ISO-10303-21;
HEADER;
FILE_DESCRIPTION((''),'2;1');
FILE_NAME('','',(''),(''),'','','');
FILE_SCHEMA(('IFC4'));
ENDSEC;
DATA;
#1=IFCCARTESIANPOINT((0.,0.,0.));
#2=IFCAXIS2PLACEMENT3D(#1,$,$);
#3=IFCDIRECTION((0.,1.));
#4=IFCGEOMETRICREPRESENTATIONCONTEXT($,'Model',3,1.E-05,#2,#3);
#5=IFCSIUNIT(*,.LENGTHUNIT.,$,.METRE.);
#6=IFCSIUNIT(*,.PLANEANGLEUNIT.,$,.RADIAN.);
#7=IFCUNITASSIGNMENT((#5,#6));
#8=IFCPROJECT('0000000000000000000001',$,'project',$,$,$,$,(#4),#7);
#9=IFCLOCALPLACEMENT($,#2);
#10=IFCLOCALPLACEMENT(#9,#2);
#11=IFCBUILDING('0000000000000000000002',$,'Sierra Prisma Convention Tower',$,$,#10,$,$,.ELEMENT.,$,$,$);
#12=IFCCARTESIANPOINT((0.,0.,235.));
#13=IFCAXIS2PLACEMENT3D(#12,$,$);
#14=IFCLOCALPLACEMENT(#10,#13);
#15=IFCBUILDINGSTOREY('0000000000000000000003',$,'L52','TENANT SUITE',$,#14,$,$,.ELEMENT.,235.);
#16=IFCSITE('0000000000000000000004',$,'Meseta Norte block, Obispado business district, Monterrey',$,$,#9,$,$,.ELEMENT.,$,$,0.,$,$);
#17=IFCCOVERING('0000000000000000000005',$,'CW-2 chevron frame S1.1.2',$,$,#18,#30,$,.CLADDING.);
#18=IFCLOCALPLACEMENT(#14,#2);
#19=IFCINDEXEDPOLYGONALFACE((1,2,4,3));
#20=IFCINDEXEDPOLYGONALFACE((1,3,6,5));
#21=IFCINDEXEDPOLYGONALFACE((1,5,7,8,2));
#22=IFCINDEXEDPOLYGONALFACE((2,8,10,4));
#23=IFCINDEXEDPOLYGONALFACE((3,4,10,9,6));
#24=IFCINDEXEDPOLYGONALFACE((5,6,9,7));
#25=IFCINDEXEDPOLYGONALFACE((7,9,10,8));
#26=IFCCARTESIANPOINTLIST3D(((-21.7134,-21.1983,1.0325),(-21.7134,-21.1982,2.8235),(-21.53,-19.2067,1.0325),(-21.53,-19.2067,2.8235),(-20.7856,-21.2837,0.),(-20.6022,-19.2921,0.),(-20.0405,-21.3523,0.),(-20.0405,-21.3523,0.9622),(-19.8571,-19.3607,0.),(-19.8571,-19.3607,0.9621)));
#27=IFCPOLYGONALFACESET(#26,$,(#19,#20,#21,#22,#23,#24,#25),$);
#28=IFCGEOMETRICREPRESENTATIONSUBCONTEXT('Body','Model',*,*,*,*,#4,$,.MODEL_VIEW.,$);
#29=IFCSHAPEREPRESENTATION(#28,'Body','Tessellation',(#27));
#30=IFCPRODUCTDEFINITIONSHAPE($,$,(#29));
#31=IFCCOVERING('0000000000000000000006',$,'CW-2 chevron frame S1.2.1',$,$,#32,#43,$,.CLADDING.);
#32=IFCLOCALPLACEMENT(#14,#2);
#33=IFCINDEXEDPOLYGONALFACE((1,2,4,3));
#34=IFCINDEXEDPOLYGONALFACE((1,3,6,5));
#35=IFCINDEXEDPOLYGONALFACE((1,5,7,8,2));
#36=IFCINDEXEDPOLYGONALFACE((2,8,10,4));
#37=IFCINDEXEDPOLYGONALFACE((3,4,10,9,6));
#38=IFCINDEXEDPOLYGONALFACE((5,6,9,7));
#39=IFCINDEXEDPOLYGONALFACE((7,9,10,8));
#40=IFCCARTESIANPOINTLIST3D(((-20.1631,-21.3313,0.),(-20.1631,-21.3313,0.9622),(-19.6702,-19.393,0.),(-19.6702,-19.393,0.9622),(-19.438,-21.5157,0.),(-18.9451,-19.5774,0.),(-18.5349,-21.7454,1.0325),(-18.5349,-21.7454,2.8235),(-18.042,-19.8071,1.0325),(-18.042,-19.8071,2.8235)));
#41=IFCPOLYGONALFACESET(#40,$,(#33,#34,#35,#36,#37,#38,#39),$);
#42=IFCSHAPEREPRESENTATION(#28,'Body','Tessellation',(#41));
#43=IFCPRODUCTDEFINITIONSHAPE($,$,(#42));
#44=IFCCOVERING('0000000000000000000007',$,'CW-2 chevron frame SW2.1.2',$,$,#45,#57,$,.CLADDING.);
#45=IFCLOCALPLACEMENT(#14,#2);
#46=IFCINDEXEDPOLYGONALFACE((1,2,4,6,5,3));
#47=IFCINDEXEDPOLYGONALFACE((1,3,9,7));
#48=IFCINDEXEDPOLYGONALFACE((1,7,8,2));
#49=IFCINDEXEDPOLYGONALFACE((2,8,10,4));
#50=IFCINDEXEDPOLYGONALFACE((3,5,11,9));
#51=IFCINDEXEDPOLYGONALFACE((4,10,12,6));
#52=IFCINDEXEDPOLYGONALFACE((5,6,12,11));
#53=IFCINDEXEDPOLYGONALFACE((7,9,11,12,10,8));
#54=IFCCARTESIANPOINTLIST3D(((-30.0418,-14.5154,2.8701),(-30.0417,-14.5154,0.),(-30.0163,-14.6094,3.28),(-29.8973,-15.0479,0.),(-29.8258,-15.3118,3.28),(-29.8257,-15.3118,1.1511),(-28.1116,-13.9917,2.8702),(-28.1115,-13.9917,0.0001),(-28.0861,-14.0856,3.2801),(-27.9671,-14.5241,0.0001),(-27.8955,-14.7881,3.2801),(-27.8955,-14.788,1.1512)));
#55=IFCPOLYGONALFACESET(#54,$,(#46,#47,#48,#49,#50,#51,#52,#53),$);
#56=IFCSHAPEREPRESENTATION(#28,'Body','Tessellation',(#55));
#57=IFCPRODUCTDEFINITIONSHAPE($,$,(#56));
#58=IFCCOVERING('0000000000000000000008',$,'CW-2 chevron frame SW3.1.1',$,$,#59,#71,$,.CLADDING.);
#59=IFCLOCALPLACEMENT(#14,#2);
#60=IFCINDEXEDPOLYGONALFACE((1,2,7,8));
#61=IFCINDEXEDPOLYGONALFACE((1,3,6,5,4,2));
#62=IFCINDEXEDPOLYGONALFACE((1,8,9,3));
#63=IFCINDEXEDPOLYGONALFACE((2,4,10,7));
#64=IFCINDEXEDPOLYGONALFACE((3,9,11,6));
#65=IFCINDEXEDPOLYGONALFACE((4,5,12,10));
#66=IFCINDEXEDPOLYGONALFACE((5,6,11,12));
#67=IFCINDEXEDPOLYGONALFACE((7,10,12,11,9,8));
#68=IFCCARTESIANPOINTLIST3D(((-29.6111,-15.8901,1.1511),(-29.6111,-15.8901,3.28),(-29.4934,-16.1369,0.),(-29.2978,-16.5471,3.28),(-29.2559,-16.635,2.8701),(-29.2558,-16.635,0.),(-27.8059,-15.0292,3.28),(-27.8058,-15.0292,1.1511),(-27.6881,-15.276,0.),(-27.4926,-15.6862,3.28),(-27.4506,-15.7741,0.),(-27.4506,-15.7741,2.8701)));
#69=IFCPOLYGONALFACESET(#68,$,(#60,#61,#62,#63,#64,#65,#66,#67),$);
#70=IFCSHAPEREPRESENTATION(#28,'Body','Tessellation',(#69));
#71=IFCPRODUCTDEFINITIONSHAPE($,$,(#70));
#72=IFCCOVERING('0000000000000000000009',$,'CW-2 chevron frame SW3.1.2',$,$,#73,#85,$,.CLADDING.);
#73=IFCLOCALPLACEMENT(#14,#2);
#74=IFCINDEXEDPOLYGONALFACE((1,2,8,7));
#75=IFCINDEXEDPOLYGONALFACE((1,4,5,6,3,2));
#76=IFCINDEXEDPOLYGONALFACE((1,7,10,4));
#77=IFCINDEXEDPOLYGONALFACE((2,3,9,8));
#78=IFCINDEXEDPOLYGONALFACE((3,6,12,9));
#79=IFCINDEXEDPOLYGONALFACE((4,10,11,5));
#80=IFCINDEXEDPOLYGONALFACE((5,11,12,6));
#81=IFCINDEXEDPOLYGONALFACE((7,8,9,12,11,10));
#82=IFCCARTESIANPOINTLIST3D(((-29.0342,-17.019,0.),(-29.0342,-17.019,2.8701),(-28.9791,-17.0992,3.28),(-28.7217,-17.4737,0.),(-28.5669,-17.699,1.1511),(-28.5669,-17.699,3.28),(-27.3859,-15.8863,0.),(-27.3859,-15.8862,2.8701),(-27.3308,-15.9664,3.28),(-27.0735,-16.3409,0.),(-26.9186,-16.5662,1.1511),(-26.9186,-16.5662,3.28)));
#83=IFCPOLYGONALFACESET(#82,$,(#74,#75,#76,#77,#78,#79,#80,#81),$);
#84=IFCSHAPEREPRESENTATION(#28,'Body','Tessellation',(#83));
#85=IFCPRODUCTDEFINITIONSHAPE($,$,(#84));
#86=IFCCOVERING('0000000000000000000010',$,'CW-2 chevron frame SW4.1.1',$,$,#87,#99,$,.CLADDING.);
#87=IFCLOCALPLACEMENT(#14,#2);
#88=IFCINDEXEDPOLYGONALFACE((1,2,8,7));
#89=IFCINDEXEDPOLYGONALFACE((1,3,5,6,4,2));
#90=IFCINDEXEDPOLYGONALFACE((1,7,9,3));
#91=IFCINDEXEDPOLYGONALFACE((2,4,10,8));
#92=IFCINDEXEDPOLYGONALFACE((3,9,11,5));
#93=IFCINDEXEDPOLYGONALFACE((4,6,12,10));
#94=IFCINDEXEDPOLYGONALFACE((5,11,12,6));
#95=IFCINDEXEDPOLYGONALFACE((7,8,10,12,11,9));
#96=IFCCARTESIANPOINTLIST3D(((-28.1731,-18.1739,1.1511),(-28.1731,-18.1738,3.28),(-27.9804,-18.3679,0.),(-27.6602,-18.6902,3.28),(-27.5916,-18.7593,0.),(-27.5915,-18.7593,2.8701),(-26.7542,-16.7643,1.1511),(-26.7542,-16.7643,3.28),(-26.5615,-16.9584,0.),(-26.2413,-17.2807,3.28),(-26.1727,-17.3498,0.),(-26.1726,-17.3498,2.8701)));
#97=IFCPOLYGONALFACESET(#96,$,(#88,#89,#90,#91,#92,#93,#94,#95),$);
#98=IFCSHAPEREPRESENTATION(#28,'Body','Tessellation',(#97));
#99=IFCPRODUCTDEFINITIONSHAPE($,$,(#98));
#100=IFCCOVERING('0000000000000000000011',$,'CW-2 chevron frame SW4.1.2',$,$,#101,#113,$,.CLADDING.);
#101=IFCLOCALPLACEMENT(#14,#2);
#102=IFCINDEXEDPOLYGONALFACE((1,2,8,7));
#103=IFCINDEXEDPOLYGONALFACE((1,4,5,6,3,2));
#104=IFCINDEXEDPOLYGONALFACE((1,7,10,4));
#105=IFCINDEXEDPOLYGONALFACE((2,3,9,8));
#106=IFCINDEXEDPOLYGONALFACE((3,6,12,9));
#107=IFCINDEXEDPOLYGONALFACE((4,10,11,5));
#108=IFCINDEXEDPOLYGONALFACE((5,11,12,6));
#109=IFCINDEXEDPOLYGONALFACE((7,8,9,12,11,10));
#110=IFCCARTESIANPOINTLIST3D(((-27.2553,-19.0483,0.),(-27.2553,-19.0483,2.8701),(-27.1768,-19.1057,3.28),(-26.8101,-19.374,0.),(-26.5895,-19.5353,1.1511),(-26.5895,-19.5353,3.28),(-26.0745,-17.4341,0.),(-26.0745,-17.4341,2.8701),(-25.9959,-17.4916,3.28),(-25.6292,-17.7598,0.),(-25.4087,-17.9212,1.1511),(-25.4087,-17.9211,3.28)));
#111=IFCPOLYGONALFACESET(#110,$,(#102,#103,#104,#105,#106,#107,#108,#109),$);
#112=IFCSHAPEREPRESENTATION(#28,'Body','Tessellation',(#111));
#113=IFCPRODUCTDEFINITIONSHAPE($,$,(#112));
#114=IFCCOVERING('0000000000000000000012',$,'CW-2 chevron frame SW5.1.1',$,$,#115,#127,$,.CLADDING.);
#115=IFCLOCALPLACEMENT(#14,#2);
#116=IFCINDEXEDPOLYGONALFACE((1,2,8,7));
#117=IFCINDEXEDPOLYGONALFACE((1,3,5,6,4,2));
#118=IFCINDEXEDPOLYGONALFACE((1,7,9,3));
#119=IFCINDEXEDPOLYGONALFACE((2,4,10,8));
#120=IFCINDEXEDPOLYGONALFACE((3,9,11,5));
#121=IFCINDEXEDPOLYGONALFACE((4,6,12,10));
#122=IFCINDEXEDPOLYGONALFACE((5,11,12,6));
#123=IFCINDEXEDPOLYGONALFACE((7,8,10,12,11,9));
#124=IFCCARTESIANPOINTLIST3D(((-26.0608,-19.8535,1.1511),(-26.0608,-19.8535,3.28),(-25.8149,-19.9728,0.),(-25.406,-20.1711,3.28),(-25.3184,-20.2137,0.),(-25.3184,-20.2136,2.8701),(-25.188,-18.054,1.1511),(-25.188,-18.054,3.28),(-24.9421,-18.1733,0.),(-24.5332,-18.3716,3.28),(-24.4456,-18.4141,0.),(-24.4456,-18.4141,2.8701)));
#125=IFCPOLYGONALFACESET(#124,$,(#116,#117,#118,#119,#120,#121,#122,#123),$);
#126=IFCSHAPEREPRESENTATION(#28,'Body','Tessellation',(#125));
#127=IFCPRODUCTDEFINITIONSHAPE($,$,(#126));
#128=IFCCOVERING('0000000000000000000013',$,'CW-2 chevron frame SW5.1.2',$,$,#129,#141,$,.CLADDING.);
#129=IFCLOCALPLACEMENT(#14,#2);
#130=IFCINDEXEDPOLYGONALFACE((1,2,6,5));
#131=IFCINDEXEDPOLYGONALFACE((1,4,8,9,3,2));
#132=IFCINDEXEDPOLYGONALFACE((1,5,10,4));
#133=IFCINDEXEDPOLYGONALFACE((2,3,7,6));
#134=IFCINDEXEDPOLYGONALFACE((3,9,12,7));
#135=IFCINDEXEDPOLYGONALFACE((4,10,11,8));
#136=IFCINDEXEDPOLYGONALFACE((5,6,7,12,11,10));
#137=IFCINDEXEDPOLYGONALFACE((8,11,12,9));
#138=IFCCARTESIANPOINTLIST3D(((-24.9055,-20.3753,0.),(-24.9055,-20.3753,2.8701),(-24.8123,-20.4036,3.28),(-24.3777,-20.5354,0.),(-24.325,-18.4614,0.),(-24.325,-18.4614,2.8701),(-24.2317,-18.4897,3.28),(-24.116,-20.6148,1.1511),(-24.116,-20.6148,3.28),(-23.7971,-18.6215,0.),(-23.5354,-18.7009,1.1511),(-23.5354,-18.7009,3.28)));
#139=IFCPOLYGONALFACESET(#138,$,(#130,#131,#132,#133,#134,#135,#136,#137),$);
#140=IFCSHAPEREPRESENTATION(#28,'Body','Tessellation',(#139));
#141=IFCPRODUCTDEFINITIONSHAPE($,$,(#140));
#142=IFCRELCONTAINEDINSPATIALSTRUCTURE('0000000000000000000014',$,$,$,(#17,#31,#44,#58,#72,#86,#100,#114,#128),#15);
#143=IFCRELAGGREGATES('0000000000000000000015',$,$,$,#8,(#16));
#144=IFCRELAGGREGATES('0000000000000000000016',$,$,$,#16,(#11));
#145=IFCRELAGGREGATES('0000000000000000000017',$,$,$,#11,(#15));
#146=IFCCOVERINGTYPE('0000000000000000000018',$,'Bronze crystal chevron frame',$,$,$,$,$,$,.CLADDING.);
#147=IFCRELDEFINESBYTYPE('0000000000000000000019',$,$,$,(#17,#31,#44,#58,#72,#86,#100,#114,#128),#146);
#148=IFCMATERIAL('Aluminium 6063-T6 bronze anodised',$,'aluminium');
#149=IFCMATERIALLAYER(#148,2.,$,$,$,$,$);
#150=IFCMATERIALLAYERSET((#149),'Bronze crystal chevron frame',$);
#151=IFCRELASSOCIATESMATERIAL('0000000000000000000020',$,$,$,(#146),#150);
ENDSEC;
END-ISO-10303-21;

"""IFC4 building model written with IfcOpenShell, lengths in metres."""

from ifc_helpers import new_model, si_unit, direction, frame, origin, place, context, subcontext, project, spatial, polyline, outline, extrude, material, layer, layer_set, type_object, element, save


model = new_model("IFC4")

# Units and contexts
model_context = context("Model", 3, precision=1e-05, world=origin(), true_north=direction((0.0, 1.0)))
body_context = subcontext(model_context, "Body", "Model", "MODEL_VIEW")
ifc_project = project(units=[si_unit("LENGTHUNIT", "METRE"), si_unit("PLANEANGLEUNIT", "RADIAN")], contexts=[model_context])

# Site, building, storey
site_placement = place(None, origin())
site = spatial("IfcSite", under=ifc_project, at=site_placement, Name="Meseta Norte block, Obispado business district, Monterrey", CompositionType="ELEMENT", RefElevation=0.0)
building_placement = place(site_placement, origin())
building = spatial("IfcBuilding", under=site, at=building_placement, Name="Sierra Prisma Convention Tower", CompositionType="ELEMENT")
storey_placement = place(building_placement, frame((0.0, 0.0, 235.0)))
storey = spatial("IfcBuildingStorey", under=building, at=storey_placement, Name="L52", Description="TENANT SUITE", CompositionType="ELEMENT", Elevation=235.0)

# Coverings
ifc_material_1 = material(Name="Aluminium 6063-T6 bronze anodised", Category="aluminium")
ifc_layer_1 = layer(ifc_material_1, 2.0)
ifc_layer_set_1 = layer_set([ifc_layer_1], Name="Bronze crystal chevron frame")
covering_type = type_object("IfcCoveringType", Name="Bronze crystal chevron frame", PredefinedType="CLADDING", material=ifc_layer_set_1)
covering_1_placement = place(storey_placement, frame((-21.7134, -21.1982, 2.8235), z_axis=(-0.091699, -0.995787, 0.000004), x_axis=(0.0, -0.000004, -1.0)))
element("IfcCovering", 1, at=covering_1_placement, inside=storey, type_object=covering_type, Name="CW-2 chevron frame S1.1.2", PredefinedType="CLADDING", context=body_context, shape_type="SweptSolid", body=[
    extrude(outline(polyline([(0.0, 0.0), (1.791, 0.0), (2.8235, 0.9317), (2.8235, 1.6799), (1.8613, 1.6799), (0.0, 0.0)])), origin(), (0.0, 0.0, -1.0), 2.0),
])
covering_2_placement = place(storey_placement, frame((-20.1631, -21.3313, 0.0), z_axis=(-0.246453, -0.969155, -0.000022), x_axis=(0.969155, -0.246453, 0.0)))
element("IfcCovering", 2, at=covering_2_placement, inside=storey, type_object=covering_type, Name="CW-2 chevron frame S1.2.1", PredefinedType="CLADDING", context=body_context, shape_type="SweptSolid", body=[
    extrude(outline(polyline([(0.0, 0.0), (0.7482, 0.0), (1.68, 1.0325), (1.68, 2.8235), (0.0, 0.9622), (0.0, 0.0)])), origin(), (0.0, 0.0, -1.0), 2.0),
])
covering_3_placement = place(storey_placement, frame((-30.0417, -14.5154, 0.0), z_axis=(-0.965105, -0.261863, -0.000028), x_axis=(0.261863, -0.965105, 0.0)))
element("IfcCovering", 3, at=covering_3_placement, inside=storey, type_object=covering_type, Name="CW-2 chevron frame SW2.1.2", PredefinedType="CLADDING", context=body_context, shape_type="SweptSolid", body=[
    extrude(outline(polyline([(0.0, 0.0), (0.5517, 0.0), (0.8252, 1.1511), (0.8252, 3.28), (0.0974, 3.28), (0.0, 2.8701), (0.0, 0.0)])), origin(), (0.0, 0.0, -1.0), 2.0),
])
covering_4_placement = place(storey_placement, frame((-29.6111, -15.8901, 3.28), z_axis=(-0.902614, -0.430451, -0.000006), x_axis=(0.000006, 0.000003, -1.0)))
element("IfcCovering", 4, at=covering_4_placement, inside=storey, type_object=covering_type, Name="CW-2 chevron frame SW3.1.1", PredefinedType="CLADDING", context=body_context, shape_type="SweptSolid", body=[
    extrude(outline(polyline([(0.0, 0.0), (2.1289, 0.0), (3.28, 0.2734), (3.28, 0.8252), (0.4099, 0.8252), (0.0, 0.7278), (0.0, 0.0)])), origin(), (0.0, 0.0, -1.0), 2.0),
])
covering_5_placement = place(storey_placement, frame((-29.0342, -17.019, 0.0), z_axis=(-0.824134, -0.566395, 0.000008), x_axis=(0.566395, -0.824134, 0.0)))
element("IfcCovering", 5, at=covering_5_placement, inside=storey, type_object=covering_type, Name="CW-2 chevron frame SW3.1.2", PredefinedType="CLADDING", context=body_context, shape_type="SweptSolid", body=[
    extrude(outline(polyline([(0.0, 0.0), (0.5516, 0.0), (0.825, 1.1511), (0.825, 3.28), (0.0972, 3.28), (0.0, 2.8701), (0.0, 0.0)])), origin(), (0.0, 0.0, -1.0), 2.0),
])
covering_6_placement = place(storey_placement, frame((-28.1731, -18.1738, 3.28), z_axis=(-0.709449, -0.704757, 0.000023), x_axis=(-0.000016, -0.000016, -1.0)))
element("IfcCovering", 6, at=covering_6_placement, inside=storey, type_object=covering_type, Name="CW-2 chevron frame SW4.1.1", PredefinedType="CLADDING", context=body_context, shape_type="SweptSolid", body=[
    extrude(outline(polyline([(0.0, 0.0), (2.1289, 0.0), (3.28, 0.2735), (3.28, 0.8252), (0.4099, 0.8252), (0.0, 0.7278), (0.0, 0.0)])), origin(), (0.0, 0.0, -1.0), 2.0),
])
covering_7_placement = place(storey_placement, frame((-26.8101, -19.374, 0.0), z_axis=(-0.590433, -0.807087, 0.000006), x_axis=(0.186383, -0.136343, 0.972971)))
element("IfcCovering", 7, at=covering_7_placement, inside=storey, type_object=covering_type, Name="CW-2 chevron frame SW4.1.2", PredefinedType="CLADDING", context=body_context, shape_type="SweptSolid", body=[
    extrude(outline(polyline([(0.0, 0.0), (1.1831, 0.0), (3.2545, 0.4916), (3.0864, 1.1995), (2.6651, 1.1996), (-0.1274, 0.5368), (0.0, 0.0)])), origin(), (0.0, 0.0, -1.0), 2.0),
])
covering_8_placement = place(storey_placement, frame((-26.0608, -19.8535, 3.28), z_axis=(-0.436388, -0.899759, 0.000016), x_axis=(-0.000007, -0.000014, -1.0)))
element("IfcCovering", 8, at=covering_8_placement, inside=storey, type_object=covering_type, Name="CW-2 chevron frame SW5.1.1", PredefinedType="CLADDING", context=body_context, shape_type="SweptSolid", body=[
    extrude(outline(polyline([(0.0, 0.0), (2.1289, 0.0), (3.28, 0.2733), (3.28, 0.8252), (0.4099, 0.8252), (0.0, 0.7278), (0.0, 0.0)])), origin(), (0.0, 0.0, -1.0), 2.0),
])
covering_9_placement = place(storey_placement, frame((-24.3777, -20.5354, 0.0), z_axis=(-0.290285, -0.95694, 0.000002), x_axis=(0.221192, -0.067096, 0.972919)))
element("IfcCovering", 9, at=covering_9_placement, inside=storey, type_object=covering_type, Name="CW-2 chevron frame SW5.1.2", PredefinedType="CLADDING", context=body_context, shape_type="SweptSolid", body=[
    extrude(outline(polyline([(0.0, 0.0), (1.1832, 0.0), (3.2544, 0.4921), (3.0862, 1.2), (2.6649, 1.2001), (-0.1275, 0.5367), (0.0, 0.0)])), origin(), (0.0, 0.0, -1.0), 2.0),
])

save(model, "model.ifc")
